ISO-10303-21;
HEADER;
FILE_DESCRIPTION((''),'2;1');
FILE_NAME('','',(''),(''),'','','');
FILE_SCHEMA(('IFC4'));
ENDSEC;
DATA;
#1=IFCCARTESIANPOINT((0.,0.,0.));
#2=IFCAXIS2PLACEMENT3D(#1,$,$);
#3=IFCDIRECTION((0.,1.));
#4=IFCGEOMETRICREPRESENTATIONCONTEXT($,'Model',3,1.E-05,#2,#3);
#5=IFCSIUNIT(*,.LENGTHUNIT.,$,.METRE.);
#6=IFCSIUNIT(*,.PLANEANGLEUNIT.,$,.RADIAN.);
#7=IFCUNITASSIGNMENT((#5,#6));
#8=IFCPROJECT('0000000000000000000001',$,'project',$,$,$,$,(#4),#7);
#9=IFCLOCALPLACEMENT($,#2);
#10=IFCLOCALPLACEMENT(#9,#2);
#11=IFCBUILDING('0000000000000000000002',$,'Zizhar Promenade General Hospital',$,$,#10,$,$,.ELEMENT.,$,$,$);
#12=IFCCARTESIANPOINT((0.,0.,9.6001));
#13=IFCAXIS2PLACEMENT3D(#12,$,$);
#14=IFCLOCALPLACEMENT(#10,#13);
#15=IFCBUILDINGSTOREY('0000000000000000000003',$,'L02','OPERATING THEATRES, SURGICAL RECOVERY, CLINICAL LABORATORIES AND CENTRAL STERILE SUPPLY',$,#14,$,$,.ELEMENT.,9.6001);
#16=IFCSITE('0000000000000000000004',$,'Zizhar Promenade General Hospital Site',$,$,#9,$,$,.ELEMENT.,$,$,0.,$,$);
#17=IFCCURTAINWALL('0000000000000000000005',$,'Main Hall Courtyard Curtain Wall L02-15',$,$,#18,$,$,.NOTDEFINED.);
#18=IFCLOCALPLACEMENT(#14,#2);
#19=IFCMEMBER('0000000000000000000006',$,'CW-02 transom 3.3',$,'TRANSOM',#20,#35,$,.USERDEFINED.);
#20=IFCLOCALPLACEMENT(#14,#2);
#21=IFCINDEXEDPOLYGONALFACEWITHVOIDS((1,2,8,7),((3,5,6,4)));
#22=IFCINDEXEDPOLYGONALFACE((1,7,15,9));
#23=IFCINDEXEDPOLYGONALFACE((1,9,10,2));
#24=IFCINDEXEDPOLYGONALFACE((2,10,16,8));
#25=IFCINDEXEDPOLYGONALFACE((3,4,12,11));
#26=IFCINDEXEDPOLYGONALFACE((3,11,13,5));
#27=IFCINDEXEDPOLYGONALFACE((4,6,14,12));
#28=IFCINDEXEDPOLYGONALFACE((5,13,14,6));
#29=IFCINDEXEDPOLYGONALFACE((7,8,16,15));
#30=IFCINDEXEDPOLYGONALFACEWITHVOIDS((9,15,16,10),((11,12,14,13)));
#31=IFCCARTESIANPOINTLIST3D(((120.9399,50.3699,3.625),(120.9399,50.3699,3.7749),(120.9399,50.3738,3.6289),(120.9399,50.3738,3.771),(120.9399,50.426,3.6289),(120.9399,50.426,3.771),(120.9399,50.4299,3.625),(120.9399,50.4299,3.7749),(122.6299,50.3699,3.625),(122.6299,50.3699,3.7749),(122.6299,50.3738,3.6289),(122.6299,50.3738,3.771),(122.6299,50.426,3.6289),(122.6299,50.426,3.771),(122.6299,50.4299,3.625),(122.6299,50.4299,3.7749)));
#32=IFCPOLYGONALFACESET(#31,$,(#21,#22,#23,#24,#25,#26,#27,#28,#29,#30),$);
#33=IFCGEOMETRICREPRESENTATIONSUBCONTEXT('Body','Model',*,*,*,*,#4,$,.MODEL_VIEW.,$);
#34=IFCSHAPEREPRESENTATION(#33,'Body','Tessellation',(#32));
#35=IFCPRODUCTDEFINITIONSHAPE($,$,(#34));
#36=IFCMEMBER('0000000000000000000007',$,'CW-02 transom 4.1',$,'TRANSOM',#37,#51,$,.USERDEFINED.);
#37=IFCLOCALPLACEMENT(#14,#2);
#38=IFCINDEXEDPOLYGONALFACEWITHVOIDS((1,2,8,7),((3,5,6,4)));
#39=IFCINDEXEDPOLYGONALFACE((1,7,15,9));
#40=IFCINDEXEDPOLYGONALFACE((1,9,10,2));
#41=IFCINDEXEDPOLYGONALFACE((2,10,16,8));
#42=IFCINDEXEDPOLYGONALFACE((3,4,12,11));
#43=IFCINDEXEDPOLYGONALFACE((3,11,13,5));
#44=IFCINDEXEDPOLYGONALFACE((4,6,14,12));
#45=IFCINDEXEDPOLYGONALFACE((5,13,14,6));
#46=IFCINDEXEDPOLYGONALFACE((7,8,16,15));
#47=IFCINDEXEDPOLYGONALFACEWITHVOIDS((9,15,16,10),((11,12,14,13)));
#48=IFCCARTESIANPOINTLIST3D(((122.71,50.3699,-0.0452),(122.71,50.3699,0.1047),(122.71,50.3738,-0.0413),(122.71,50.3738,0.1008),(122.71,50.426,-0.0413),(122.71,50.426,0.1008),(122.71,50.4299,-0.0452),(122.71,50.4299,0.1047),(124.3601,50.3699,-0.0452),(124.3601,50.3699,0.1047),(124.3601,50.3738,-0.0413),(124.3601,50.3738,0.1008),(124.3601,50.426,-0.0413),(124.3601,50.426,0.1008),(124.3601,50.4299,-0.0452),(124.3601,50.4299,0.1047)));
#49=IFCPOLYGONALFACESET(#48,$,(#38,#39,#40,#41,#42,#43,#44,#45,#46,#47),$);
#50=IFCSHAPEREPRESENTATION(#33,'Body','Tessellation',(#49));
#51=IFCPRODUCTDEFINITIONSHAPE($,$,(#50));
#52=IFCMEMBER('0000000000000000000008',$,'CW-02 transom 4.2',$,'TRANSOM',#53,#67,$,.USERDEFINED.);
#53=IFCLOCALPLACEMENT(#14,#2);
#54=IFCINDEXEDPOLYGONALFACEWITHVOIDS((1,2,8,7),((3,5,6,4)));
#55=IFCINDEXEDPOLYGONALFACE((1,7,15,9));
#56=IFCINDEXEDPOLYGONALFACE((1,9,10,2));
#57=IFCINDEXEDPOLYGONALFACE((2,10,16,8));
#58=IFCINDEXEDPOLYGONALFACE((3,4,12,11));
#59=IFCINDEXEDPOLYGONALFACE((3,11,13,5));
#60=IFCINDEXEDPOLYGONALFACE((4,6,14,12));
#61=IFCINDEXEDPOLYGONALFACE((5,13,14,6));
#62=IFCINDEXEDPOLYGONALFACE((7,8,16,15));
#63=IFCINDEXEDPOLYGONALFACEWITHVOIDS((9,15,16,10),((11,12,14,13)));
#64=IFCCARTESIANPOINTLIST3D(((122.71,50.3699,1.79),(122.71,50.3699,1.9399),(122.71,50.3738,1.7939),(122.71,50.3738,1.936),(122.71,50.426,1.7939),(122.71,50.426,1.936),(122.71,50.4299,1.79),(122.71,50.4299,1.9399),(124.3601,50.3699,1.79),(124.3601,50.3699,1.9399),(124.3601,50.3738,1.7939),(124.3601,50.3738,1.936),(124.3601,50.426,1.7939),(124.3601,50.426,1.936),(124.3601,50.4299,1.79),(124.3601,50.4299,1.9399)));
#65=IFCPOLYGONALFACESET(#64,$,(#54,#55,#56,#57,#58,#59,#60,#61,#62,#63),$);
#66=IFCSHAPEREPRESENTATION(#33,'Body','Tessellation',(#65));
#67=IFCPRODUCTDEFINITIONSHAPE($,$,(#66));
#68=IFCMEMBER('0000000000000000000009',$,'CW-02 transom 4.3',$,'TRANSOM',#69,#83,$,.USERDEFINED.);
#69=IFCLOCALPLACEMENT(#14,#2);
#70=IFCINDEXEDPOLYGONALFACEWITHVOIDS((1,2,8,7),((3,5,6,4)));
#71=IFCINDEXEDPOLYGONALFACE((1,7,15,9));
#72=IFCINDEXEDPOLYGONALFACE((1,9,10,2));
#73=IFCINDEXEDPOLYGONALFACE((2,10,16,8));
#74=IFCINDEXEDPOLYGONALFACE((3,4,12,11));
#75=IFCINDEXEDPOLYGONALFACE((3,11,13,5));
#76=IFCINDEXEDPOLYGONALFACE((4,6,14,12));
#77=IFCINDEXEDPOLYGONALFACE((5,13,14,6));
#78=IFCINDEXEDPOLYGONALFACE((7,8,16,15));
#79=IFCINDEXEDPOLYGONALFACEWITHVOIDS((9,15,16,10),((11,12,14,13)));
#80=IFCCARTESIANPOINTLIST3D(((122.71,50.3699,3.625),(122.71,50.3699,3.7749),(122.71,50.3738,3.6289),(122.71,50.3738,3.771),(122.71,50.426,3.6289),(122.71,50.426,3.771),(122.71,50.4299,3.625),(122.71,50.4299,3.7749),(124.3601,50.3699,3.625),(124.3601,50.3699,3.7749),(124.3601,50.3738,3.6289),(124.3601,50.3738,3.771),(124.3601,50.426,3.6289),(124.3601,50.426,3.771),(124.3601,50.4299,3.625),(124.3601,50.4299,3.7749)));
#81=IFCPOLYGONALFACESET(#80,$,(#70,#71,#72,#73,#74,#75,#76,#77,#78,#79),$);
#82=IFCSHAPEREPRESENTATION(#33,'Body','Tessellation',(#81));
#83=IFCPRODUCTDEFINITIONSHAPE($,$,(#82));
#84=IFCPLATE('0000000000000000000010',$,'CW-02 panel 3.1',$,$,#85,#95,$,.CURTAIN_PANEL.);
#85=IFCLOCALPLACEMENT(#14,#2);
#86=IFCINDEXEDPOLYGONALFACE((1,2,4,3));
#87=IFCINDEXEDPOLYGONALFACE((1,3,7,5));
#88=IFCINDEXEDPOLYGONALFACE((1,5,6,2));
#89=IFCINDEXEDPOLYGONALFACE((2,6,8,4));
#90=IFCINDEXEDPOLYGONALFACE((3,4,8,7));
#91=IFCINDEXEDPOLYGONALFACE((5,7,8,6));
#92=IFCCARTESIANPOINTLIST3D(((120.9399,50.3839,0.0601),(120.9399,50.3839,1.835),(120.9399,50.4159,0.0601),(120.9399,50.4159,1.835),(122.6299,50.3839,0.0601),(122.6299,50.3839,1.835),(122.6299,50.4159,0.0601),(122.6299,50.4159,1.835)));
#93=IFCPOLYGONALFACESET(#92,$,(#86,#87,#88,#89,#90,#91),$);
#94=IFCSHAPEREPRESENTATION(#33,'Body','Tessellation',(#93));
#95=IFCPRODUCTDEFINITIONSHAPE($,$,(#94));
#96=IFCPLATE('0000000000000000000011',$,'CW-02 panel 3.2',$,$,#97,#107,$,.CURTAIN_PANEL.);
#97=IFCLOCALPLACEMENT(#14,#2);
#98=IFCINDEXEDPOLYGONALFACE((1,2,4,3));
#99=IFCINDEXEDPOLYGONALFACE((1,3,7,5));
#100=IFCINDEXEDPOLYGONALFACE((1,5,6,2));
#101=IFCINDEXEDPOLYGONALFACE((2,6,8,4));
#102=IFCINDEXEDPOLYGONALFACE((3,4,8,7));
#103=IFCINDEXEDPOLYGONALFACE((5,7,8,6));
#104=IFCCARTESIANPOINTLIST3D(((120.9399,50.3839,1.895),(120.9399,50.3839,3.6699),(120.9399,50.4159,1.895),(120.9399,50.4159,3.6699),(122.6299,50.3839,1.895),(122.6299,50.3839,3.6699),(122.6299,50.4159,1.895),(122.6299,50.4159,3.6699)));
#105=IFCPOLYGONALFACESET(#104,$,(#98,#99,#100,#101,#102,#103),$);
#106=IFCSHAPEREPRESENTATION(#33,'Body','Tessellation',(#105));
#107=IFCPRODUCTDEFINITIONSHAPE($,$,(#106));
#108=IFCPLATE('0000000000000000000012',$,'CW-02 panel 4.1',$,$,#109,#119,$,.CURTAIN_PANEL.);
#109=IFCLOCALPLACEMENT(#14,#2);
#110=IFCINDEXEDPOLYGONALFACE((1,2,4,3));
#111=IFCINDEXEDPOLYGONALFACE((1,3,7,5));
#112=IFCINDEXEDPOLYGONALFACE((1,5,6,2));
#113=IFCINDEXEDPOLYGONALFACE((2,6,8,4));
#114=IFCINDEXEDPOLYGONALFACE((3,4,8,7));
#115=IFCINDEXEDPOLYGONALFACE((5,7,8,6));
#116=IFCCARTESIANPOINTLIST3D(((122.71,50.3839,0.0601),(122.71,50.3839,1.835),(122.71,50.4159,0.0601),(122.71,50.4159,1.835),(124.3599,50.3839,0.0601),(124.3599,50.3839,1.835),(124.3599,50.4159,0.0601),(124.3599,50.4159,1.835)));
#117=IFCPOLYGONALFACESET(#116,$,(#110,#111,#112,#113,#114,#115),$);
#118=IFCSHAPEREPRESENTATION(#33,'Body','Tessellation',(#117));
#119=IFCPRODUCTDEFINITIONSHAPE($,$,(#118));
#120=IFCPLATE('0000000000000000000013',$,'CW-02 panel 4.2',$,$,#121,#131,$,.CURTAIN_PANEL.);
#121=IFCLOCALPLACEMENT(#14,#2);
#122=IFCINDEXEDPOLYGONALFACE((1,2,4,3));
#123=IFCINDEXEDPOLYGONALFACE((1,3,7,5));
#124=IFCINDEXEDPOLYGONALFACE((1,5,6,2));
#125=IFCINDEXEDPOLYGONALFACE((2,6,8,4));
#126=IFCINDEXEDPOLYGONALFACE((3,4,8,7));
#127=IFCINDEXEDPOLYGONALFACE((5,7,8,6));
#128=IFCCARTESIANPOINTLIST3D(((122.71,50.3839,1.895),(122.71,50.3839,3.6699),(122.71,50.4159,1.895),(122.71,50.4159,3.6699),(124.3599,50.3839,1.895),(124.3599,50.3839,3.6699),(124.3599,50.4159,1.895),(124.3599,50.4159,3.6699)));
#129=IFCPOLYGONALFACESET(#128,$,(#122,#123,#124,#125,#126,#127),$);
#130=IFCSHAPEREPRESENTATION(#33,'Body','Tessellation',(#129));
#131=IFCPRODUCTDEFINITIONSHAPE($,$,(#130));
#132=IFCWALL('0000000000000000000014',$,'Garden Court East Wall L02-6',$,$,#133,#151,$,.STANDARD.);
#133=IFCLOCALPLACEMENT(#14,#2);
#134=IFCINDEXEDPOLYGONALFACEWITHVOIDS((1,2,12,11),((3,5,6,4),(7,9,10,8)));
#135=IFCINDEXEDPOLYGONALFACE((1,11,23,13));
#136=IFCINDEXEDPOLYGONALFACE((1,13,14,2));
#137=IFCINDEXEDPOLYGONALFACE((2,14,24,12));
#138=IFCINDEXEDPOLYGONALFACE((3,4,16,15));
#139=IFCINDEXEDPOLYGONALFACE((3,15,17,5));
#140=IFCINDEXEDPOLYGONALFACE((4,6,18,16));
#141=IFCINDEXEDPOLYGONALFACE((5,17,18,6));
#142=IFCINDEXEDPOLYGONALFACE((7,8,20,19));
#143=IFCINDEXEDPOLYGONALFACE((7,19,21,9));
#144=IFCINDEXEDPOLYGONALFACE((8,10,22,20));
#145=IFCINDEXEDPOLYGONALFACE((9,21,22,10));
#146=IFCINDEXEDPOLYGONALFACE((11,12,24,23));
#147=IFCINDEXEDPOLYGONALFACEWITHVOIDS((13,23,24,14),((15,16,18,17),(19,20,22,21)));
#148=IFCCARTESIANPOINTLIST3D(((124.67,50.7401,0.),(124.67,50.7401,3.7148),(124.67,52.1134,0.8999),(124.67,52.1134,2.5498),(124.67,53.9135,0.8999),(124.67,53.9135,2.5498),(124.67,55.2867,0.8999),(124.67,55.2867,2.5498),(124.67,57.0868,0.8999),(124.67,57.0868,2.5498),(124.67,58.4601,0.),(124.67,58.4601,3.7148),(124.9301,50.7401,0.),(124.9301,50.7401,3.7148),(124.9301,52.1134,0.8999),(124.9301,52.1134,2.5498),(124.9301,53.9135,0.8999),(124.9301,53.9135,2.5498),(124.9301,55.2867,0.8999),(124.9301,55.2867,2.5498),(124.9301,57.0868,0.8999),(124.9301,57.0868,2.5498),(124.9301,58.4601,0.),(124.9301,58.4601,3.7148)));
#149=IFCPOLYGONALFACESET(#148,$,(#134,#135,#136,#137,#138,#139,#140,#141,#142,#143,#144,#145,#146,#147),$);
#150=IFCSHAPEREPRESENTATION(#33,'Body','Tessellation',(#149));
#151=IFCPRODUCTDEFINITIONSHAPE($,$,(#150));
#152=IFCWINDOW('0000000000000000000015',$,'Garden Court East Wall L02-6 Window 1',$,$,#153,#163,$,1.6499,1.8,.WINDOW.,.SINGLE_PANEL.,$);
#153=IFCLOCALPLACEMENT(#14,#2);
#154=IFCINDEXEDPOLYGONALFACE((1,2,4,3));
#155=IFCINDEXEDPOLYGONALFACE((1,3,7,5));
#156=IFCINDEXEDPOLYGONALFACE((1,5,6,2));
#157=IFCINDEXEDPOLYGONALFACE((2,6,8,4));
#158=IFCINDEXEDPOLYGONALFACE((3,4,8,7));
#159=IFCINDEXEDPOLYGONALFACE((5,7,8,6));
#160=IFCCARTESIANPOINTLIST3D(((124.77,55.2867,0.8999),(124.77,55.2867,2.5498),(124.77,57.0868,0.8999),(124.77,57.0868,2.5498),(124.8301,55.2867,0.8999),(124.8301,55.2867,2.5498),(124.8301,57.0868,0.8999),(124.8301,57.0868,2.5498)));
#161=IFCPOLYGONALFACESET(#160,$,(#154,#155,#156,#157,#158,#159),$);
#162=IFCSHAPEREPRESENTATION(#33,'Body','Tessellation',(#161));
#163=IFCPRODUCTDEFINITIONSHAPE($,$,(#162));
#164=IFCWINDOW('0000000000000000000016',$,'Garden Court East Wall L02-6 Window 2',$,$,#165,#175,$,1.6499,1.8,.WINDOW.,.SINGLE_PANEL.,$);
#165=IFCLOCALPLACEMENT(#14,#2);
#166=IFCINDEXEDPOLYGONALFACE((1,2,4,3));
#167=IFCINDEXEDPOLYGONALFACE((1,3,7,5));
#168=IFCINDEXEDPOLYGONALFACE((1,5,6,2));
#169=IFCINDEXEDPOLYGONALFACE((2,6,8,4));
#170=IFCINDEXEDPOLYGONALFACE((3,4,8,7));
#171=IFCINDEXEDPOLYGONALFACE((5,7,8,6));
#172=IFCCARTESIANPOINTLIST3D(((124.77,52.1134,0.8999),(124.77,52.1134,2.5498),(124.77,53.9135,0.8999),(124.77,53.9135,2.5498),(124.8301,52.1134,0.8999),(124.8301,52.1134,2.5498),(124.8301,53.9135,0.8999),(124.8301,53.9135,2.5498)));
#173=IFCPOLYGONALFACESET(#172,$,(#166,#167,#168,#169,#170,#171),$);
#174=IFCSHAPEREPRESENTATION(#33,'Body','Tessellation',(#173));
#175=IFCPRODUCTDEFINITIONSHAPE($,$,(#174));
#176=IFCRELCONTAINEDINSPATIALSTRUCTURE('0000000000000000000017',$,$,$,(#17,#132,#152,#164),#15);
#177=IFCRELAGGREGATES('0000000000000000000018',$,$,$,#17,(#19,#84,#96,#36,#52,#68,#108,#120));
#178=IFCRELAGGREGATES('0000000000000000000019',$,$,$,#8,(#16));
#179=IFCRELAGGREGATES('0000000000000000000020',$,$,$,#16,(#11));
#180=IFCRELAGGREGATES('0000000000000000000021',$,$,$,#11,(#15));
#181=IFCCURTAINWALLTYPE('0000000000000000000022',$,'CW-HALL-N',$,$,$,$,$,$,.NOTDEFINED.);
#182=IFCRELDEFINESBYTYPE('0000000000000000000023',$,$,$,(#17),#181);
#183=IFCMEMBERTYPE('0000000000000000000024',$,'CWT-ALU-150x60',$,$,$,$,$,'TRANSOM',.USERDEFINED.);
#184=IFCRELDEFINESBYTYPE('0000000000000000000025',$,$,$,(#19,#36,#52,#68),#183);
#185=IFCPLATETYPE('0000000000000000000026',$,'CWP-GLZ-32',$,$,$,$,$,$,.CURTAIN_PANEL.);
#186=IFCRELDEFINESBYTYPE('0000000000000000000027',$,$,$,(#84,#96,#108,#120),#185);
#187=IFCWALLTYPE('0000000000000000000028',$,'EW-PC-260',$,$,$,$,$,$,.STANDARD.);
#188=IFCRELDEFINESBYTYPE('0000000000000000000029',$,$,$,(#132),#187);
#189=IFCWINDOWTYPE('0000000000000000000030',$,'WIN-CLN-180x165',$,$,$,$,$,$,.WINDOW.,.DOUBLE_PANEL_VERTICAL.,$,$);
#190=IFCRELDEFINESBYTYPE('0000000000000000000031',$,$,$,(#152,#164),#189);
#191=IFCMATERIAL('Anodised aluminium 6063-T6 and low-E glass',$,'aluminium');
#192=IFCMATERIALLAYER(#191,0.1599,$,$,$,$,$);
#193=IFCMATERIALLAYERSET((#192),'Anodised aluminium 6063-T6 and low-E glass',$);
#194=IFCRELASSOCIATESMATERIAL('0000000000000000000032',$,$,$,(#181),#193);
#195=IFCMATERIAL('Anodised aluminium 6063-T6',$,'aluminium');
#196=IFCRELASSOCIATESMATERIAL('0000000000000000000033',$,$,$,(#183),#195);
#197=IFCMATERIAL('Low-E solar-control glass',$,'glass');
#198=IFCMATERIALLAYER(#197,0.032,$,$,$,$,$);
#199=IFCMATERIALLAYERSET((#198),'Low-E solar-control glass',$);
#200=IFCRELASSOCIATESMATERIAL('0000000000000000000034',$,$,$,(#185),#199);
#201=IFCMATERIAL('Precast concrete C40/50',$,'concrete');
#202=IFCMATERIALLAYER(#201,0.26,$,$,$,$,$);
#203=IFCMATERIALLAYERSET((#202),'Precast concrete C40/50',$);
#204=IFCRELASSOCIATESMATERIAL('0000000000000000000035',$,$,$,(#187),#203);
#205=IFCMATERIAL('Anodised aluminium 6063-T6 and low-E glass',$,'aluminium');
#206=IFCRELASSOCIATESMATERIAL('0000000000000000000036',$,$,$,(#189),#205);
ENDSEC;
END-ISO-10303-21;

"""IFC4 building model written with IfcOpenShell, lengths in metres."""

from ifc_helpers import new_model, si_unit, direction, frame, frame_2d, origin, origin_2d, place, context, subcontext, project, spatial, rectangle, hollow_rectangle, extrude, material, layer, layer_set, material_profile, profile_set, type_object, element, fill, aggregate, save


model = new_model("IFC4")

# Units and contexts
model_context = context("Model", 3, precision=1e-05, world=origin(), true_north=direction((0.0, 1.0)))
body_context = subcontext(model_context, "Body", "Model", "MODEL_VIEW")
ifc_project = project(units=[si_unit("LENGTHUNIT", "METRE"), si_unit("PLANEANGLEUNIT", "RADIAN")], contexts=[model_context])

# Site, building, storey
site_placement = place(None, origin())
site = spatial("IfcSite", under=ifc_project, at=site_placement, Name="Zizhar Promenade General Hospital Site", CompositionType="ELEMENT", RefElevation=0.0)
building_placement = place(site_placement, origin())
building = spatial("IfcBuilding", under=site, at=building_placement, Name="Zizhar Promenade General Hospital", CompositionType="ELEMENT")
storey_placement = place(building_placement, frame((0.0, 0.0, 9.6001)))
storey = spatial("IfcBuildingStorey", under=building, at=storey_placement, Name="L02", Description="OPERATING THEATRES, SURGICAL RECOVERY, CLINICAL LABORATORIES AND CENTRAL STERILE SUPPLY", CompositionType="ELEMENT", Elevation=9.6001)

# Curtain wall, members, plates
ifc_material_1 = material(Name="Anodised aluminium 6063-T6 and low-E glass", Category="aluminium")
ifc_layer_1 = layer(ifc_material_1, 0.1599)
ifc_layer_set_1 = layer_set([ifc_layer_1], Name="Anodised aluminium 6063-T6 and low-E glass")
curtain_wall_type = type_object("IfcCurtainWallType", Name="CW-HALL-N", PredefinedType="NOTDEFINED", material=ifc_layer_set_1)
curtain_wall_placement = place(storey_placement, origin())
curtain_wall = element("IfcCurtainWall", 1, at=curtain_wall_placement, inside=storey, type_object=curtain_wall_type, Name="Main Hall Courtyard Curtain Wall L02-15", PredefinedType="NOTDEFINED")
ifc_material_2 = material(Name="Anodised aluminium 6063-T6", Category="aluminium")
ifc_material_profile_1 = material_profile(ifc_material_2, hollow_rectangle(XDim=0.0601, YDim=0.1499, WallThickness=0.0039, at=origin_2d()))
ifc_profile_set_1 = profile_set([ifc_material_profile_1], Name="Anodised aluminium 6063-T6")
member_type_1 = type_object("IfcMemberType", Name="CWT-ALU-150x60", ElementType="TRANSOM", PredefinedType="USERDEFINED", material=ifc_profile_set_1)
member_1_placement = place(storey_placement, frame((120.9399, 50.3999, 3.7), z_axis=(1.0, 0.0, 0.0), x_axis=(0.0, 1.0, 0.0)))
member_1 = element("IfcMember", 2, at=member_1_placement, type_object=member_type_1, Name="CW-02 transom 3.3", ObjectType="TRANSOM", PredefinedType="USERDEFINED", context=body_context, shape_type="SweptSolid", body=[
    extrude(hollow_rectangle(XDim=0.0601, YDim=0.1499, WallThickness=0.0039, at=origin_2d()), origin(), (0.0, 0.0, 1.0), 1.6899),
])
member_2_placement = place(storey_placement, frame((122.71, 50.3999, 0.0298), z_axis=(1.0, 0.0, 0.0), x_axis=(0.0, 1.0, 0.0)))
member_2 = element("IfcMember", 3, at=member_2_placement, type_object=member_type_1, Name="CW-02 transom 4.1", ObjectType="TRANSOM", PredefinedType="USERDEFINED", context=body_context, shape_type="SweptSolid", body=[
    extrude(hollow_rectangle(XDim=0.0601, YDim=0.1499, WallThickness=0.0039, at=origin_2d()), origin(), (0.0, 0.0, 1.0), 1.6501),
])
member_3_placement = place(storey_placement, frame((122.71, 50.3999, 1.865), z_axis=(1.0, 0.0, 0.0), x_axis=(0.0, 1.0, 0.0)))
member_3 = element("IfcMember", 4, at=member_3_placement, type_object=member_type_1, Name="CW-02 transom 4.2", ObjectType="TRANSOM", PredefinedType="USERDEFINED", context=body_context, shape_type="SweptSolid", body=[
    extrude(hollow_rectangle(XDim=0.0601, YDim=0.1499, WallThickness=0.0039, at=origin_2d()), origin(), (0.0, 0.0, 1.0), 1.6501),
])
member_4_placement = place(storey_placement, frame((122.71, 50.3999, 3.7), z_axis=(1.0, 0.0, 0.0), x_axis=(0.0, 1.0, 0.0)))
member_4 = element("IfcMember", 5, at=member_4_placement, type_object=member_type_1, Name="CW-02 transom 4.3", ObjectType="TRANSOM", PredefinedType="USERDEFINED", context=body_context, shape_type="SweptSolid", body=[
    extrude(hollow_rectangle(XDim=0.0601, YDim=0.1499, WallThickness=0.0039, at=origin_2d()), origin(), (0.0, 0.0, 1.0), 1.6501),
])
ifc_material_3 = material(Name="Low-E solar-control glass", Category="glass")
ifc_layer_2 = layer(ifc_material_3, 0.032)
ifc_layer_set_2 = layer_set([ifc_layer_2], Name="Low-E solar-control glass")
plate_type = type_object("IfcPlateType", Name="CWP-GLZ-32", PredefinedType="CURTAIN_PANEL", material=ifc_layer_set_2)
plate_1_placement = place(storey_placement, frame((121.7849, 50.3999, 0.0601), z_axis=(0.0, 0.0, 1.0), x_axis=(1.0, 0.0, 0.0)))
plate_1 = element("IfcPlate", 6, at=plate_1_placement, type_object=plate_type, Name="CW-02 panel 3.1", PredefinedType="CURTAIN_PANEL", context=body_context, shape_type="SweptSolid", body=[
    extrude(rectangle(XDim=1.6899, YDim=0.032, at=origin_2d()), origin(), (0.0, 0.0, 1.0), 1.7749),
])
plate_2_placement = place(storey_placement, frame((121.7849, 50.3999, 1.895), z_axis=(0.0, 0.0, 1.0), x_axis=(1.0, 0.0, 0.0)))
plate_2 = element("IfcPlate", 7, at=plate_2_placement, type_object=plate_type, Name="CW-02 panel 3.2", PredefinedType="CURTAIN_PANEL", context=body_context, shape_type="SweptSolid", body=[
    extrude(rectangle(XDim=1.6899, YDim=0.032, at=origin_2d()), origin(), (0.0, 0.0, 1.0), 1.7749),
])
plate_3_placement = place(storey_placement, frame((123.5349, 50.3999, 0.0601), z_axis=(0.0, 0.0, 1.0), x_axis=(1.0, 0.0, 0.0)))
plate_3 = element("IfcPlate", 8, at=plate_3_placement, type_object=plate_type, Name="CW-02 panel 4.1", PredefinedType="CURTAIN_PANEL", context=body_context, shape_type="SweptSolid", body=[
    extrude(rectangle(XDim=1.6499, YDim=0.032, at=origin_2d()), origin(), (0.0, 0.0, 1.0), 1.7749),
])
plate_4_placement = place(storey_placement, frame((123.5349, 50.3999, 1.895), z_axis=(0.0, 0.0, 1.0), x_axis=(1.0, 0.0, 0.0)))
plate_4 = element("IfcPlate", 9, at=plate_4_placement, type_object=plate_type, Name="CW-02 panel 4.2", PredefinedType="CURTAIN_PANEL", context=body_context, shape_type="SweptSolid", body=[
    extrude(rectangle(XDim=1.6499, YDim=0.032, at=origin_2d()), origin(), (0.0, 0.0, 1.0), 1.7749),
])
aggregate(curtain_wall, [member_1, plate_1, plate_2, member_2, member_3, member_4, plate_3, plate_4])

# Wall, openings, windows
ifc_material_4 = material(Name="Precast concrete C40/50", Category="concrete")
ifc_layer_3 = layer(ifc_material_4, 0.26)
ifc_layer_set_3 = layer_set([ifc_layer_3], Name="Precast concrete C40/50")
wall_type = type_object("IfcWallType", Name="EW-PC-260", PredefinedType="STANDARD", material=ifc_layer_set_3)
wall_1_placement = place(storey_placement, frame((124.8, 58.46, 0.0), z_axis=(0.0, 0.0, 1.0), x_axis=(0.0, -1.0, 0.0)))
wall_1 = element("IfcWall", 10, at=wall_1_placement, inside=storey, type_object=wall_type, Name="Garden Court East Wall L02-6", PredefinedType="STANDARD", context=body_context, shape_type="SweptSolid", body=[
    extrude(rectangle(XDim=7.72, YDim=0.26, at=frame_2d((3.8599, 0.0))), origin(), (0.0, 0.0, 1.0), 3.7148),
])
opening_1_placement = place(wall_1_placement, frame((1.3733, 0.0, 0.8999)))
opening_1 = element("IfcOpeningElement", 11, at=opening_1_placement, cuts=wall_1, PredefinedType="OPENING", context=body_context, shape_type="SweptSolid", body=[
    extrude(rectangle(XDim=1.8, YDim=1.6499, at=frame_2d((0.8999, 0.825))), frame((0.0, 0.1401, 0.0), z_axis=(0.0, -1.0, 0.0), x_axis=(1.0, 0.0, 0.0)), (0.0, 0.0, 1.0), 0.28),
])
opening_2_placement = place(wall_1_placement, frame((4.5466, 0.0, 0.8999)))
opening_2 = element("IfcOpeningElement", 12, at=opening_2_placement, cuts=wall_1, PredefinedType="OPENING", context=body_context, shape_type="SweptSolid", body=[
    extrude(rectangle(XDim=1.8, YDim=1.6499, at=frame_2d((0.8999, 0.825))), frame((0.0, 0.1401, 0.0), z_axis=(0.0, -1.0, 0.0), x_axis=(1.0, 0.0, 0.0)), (0.0, 0.0, 1.0), 0.28),
])
ifc_material_5 = material(Name="Anodised aluminium 6063-T6 and low-E glass", Category="aluminium")
window_type = type_object("IfcWindowType", Name="WIN-CLN-180x165", PartitioningType="DOUBLE_PANEL_VERTICAL", PredefinedType="WINDOW", material=ifc_material_5)
window_1_placement = place(opening_1_placement, origin())
window_1 = element("IfcWindow", 13, at=window_1_placement, inside=storey, type_object=window_type, Name="Garden Court East Wall L02-6 Window 1", OverallHeight=1.6499, OverallWidth=1.8, PartitioningType="SINGLE_PANEL", PredefinedType="WINDOW", context=body_context, shape_type="SweptSolid", body=[
    extrude(rectangle(XDim=1.8, YDim=1.6499, at=frame_2d((0.8999, 0.825))), frame((0.0, 0.03, 0.0), z_axis=(0.0, -1.0, 0.0), x_axis=(1.0, 0.0, 0.0)), (0.0, 0.0, 1.0), 0.0601),
])
fill(opening_1, window_1)
window_2_placement = place(opening_2_placement, origin())
window_2 = element("IfcWindow", 14, at=window_2_placement, inside=storey, type_object=window_type, Name="Garden Court East Wall L02-6 Window 2", OverallHeight=1.6499, OverallWidth=1.8, PartitioningType="SINGLE_PANEL", PredefinedType="WINDOW", context=body_context, shape_type="SweptSolid", body=[
    extrude(rectangle(XDim=1.8, YDim=1.6499, at=frame_2d((0.8999, 0.825))), frame((0.0, 0.03, 0.0), z_axis=(0.0, -1.0, 0.0), x_axis=(1.0, 0.0, 0.0)), (0.0, 0.0, 1.0), 0.0601),
])
fill(opening_2, window_2)

save(model, "model.ifc")
